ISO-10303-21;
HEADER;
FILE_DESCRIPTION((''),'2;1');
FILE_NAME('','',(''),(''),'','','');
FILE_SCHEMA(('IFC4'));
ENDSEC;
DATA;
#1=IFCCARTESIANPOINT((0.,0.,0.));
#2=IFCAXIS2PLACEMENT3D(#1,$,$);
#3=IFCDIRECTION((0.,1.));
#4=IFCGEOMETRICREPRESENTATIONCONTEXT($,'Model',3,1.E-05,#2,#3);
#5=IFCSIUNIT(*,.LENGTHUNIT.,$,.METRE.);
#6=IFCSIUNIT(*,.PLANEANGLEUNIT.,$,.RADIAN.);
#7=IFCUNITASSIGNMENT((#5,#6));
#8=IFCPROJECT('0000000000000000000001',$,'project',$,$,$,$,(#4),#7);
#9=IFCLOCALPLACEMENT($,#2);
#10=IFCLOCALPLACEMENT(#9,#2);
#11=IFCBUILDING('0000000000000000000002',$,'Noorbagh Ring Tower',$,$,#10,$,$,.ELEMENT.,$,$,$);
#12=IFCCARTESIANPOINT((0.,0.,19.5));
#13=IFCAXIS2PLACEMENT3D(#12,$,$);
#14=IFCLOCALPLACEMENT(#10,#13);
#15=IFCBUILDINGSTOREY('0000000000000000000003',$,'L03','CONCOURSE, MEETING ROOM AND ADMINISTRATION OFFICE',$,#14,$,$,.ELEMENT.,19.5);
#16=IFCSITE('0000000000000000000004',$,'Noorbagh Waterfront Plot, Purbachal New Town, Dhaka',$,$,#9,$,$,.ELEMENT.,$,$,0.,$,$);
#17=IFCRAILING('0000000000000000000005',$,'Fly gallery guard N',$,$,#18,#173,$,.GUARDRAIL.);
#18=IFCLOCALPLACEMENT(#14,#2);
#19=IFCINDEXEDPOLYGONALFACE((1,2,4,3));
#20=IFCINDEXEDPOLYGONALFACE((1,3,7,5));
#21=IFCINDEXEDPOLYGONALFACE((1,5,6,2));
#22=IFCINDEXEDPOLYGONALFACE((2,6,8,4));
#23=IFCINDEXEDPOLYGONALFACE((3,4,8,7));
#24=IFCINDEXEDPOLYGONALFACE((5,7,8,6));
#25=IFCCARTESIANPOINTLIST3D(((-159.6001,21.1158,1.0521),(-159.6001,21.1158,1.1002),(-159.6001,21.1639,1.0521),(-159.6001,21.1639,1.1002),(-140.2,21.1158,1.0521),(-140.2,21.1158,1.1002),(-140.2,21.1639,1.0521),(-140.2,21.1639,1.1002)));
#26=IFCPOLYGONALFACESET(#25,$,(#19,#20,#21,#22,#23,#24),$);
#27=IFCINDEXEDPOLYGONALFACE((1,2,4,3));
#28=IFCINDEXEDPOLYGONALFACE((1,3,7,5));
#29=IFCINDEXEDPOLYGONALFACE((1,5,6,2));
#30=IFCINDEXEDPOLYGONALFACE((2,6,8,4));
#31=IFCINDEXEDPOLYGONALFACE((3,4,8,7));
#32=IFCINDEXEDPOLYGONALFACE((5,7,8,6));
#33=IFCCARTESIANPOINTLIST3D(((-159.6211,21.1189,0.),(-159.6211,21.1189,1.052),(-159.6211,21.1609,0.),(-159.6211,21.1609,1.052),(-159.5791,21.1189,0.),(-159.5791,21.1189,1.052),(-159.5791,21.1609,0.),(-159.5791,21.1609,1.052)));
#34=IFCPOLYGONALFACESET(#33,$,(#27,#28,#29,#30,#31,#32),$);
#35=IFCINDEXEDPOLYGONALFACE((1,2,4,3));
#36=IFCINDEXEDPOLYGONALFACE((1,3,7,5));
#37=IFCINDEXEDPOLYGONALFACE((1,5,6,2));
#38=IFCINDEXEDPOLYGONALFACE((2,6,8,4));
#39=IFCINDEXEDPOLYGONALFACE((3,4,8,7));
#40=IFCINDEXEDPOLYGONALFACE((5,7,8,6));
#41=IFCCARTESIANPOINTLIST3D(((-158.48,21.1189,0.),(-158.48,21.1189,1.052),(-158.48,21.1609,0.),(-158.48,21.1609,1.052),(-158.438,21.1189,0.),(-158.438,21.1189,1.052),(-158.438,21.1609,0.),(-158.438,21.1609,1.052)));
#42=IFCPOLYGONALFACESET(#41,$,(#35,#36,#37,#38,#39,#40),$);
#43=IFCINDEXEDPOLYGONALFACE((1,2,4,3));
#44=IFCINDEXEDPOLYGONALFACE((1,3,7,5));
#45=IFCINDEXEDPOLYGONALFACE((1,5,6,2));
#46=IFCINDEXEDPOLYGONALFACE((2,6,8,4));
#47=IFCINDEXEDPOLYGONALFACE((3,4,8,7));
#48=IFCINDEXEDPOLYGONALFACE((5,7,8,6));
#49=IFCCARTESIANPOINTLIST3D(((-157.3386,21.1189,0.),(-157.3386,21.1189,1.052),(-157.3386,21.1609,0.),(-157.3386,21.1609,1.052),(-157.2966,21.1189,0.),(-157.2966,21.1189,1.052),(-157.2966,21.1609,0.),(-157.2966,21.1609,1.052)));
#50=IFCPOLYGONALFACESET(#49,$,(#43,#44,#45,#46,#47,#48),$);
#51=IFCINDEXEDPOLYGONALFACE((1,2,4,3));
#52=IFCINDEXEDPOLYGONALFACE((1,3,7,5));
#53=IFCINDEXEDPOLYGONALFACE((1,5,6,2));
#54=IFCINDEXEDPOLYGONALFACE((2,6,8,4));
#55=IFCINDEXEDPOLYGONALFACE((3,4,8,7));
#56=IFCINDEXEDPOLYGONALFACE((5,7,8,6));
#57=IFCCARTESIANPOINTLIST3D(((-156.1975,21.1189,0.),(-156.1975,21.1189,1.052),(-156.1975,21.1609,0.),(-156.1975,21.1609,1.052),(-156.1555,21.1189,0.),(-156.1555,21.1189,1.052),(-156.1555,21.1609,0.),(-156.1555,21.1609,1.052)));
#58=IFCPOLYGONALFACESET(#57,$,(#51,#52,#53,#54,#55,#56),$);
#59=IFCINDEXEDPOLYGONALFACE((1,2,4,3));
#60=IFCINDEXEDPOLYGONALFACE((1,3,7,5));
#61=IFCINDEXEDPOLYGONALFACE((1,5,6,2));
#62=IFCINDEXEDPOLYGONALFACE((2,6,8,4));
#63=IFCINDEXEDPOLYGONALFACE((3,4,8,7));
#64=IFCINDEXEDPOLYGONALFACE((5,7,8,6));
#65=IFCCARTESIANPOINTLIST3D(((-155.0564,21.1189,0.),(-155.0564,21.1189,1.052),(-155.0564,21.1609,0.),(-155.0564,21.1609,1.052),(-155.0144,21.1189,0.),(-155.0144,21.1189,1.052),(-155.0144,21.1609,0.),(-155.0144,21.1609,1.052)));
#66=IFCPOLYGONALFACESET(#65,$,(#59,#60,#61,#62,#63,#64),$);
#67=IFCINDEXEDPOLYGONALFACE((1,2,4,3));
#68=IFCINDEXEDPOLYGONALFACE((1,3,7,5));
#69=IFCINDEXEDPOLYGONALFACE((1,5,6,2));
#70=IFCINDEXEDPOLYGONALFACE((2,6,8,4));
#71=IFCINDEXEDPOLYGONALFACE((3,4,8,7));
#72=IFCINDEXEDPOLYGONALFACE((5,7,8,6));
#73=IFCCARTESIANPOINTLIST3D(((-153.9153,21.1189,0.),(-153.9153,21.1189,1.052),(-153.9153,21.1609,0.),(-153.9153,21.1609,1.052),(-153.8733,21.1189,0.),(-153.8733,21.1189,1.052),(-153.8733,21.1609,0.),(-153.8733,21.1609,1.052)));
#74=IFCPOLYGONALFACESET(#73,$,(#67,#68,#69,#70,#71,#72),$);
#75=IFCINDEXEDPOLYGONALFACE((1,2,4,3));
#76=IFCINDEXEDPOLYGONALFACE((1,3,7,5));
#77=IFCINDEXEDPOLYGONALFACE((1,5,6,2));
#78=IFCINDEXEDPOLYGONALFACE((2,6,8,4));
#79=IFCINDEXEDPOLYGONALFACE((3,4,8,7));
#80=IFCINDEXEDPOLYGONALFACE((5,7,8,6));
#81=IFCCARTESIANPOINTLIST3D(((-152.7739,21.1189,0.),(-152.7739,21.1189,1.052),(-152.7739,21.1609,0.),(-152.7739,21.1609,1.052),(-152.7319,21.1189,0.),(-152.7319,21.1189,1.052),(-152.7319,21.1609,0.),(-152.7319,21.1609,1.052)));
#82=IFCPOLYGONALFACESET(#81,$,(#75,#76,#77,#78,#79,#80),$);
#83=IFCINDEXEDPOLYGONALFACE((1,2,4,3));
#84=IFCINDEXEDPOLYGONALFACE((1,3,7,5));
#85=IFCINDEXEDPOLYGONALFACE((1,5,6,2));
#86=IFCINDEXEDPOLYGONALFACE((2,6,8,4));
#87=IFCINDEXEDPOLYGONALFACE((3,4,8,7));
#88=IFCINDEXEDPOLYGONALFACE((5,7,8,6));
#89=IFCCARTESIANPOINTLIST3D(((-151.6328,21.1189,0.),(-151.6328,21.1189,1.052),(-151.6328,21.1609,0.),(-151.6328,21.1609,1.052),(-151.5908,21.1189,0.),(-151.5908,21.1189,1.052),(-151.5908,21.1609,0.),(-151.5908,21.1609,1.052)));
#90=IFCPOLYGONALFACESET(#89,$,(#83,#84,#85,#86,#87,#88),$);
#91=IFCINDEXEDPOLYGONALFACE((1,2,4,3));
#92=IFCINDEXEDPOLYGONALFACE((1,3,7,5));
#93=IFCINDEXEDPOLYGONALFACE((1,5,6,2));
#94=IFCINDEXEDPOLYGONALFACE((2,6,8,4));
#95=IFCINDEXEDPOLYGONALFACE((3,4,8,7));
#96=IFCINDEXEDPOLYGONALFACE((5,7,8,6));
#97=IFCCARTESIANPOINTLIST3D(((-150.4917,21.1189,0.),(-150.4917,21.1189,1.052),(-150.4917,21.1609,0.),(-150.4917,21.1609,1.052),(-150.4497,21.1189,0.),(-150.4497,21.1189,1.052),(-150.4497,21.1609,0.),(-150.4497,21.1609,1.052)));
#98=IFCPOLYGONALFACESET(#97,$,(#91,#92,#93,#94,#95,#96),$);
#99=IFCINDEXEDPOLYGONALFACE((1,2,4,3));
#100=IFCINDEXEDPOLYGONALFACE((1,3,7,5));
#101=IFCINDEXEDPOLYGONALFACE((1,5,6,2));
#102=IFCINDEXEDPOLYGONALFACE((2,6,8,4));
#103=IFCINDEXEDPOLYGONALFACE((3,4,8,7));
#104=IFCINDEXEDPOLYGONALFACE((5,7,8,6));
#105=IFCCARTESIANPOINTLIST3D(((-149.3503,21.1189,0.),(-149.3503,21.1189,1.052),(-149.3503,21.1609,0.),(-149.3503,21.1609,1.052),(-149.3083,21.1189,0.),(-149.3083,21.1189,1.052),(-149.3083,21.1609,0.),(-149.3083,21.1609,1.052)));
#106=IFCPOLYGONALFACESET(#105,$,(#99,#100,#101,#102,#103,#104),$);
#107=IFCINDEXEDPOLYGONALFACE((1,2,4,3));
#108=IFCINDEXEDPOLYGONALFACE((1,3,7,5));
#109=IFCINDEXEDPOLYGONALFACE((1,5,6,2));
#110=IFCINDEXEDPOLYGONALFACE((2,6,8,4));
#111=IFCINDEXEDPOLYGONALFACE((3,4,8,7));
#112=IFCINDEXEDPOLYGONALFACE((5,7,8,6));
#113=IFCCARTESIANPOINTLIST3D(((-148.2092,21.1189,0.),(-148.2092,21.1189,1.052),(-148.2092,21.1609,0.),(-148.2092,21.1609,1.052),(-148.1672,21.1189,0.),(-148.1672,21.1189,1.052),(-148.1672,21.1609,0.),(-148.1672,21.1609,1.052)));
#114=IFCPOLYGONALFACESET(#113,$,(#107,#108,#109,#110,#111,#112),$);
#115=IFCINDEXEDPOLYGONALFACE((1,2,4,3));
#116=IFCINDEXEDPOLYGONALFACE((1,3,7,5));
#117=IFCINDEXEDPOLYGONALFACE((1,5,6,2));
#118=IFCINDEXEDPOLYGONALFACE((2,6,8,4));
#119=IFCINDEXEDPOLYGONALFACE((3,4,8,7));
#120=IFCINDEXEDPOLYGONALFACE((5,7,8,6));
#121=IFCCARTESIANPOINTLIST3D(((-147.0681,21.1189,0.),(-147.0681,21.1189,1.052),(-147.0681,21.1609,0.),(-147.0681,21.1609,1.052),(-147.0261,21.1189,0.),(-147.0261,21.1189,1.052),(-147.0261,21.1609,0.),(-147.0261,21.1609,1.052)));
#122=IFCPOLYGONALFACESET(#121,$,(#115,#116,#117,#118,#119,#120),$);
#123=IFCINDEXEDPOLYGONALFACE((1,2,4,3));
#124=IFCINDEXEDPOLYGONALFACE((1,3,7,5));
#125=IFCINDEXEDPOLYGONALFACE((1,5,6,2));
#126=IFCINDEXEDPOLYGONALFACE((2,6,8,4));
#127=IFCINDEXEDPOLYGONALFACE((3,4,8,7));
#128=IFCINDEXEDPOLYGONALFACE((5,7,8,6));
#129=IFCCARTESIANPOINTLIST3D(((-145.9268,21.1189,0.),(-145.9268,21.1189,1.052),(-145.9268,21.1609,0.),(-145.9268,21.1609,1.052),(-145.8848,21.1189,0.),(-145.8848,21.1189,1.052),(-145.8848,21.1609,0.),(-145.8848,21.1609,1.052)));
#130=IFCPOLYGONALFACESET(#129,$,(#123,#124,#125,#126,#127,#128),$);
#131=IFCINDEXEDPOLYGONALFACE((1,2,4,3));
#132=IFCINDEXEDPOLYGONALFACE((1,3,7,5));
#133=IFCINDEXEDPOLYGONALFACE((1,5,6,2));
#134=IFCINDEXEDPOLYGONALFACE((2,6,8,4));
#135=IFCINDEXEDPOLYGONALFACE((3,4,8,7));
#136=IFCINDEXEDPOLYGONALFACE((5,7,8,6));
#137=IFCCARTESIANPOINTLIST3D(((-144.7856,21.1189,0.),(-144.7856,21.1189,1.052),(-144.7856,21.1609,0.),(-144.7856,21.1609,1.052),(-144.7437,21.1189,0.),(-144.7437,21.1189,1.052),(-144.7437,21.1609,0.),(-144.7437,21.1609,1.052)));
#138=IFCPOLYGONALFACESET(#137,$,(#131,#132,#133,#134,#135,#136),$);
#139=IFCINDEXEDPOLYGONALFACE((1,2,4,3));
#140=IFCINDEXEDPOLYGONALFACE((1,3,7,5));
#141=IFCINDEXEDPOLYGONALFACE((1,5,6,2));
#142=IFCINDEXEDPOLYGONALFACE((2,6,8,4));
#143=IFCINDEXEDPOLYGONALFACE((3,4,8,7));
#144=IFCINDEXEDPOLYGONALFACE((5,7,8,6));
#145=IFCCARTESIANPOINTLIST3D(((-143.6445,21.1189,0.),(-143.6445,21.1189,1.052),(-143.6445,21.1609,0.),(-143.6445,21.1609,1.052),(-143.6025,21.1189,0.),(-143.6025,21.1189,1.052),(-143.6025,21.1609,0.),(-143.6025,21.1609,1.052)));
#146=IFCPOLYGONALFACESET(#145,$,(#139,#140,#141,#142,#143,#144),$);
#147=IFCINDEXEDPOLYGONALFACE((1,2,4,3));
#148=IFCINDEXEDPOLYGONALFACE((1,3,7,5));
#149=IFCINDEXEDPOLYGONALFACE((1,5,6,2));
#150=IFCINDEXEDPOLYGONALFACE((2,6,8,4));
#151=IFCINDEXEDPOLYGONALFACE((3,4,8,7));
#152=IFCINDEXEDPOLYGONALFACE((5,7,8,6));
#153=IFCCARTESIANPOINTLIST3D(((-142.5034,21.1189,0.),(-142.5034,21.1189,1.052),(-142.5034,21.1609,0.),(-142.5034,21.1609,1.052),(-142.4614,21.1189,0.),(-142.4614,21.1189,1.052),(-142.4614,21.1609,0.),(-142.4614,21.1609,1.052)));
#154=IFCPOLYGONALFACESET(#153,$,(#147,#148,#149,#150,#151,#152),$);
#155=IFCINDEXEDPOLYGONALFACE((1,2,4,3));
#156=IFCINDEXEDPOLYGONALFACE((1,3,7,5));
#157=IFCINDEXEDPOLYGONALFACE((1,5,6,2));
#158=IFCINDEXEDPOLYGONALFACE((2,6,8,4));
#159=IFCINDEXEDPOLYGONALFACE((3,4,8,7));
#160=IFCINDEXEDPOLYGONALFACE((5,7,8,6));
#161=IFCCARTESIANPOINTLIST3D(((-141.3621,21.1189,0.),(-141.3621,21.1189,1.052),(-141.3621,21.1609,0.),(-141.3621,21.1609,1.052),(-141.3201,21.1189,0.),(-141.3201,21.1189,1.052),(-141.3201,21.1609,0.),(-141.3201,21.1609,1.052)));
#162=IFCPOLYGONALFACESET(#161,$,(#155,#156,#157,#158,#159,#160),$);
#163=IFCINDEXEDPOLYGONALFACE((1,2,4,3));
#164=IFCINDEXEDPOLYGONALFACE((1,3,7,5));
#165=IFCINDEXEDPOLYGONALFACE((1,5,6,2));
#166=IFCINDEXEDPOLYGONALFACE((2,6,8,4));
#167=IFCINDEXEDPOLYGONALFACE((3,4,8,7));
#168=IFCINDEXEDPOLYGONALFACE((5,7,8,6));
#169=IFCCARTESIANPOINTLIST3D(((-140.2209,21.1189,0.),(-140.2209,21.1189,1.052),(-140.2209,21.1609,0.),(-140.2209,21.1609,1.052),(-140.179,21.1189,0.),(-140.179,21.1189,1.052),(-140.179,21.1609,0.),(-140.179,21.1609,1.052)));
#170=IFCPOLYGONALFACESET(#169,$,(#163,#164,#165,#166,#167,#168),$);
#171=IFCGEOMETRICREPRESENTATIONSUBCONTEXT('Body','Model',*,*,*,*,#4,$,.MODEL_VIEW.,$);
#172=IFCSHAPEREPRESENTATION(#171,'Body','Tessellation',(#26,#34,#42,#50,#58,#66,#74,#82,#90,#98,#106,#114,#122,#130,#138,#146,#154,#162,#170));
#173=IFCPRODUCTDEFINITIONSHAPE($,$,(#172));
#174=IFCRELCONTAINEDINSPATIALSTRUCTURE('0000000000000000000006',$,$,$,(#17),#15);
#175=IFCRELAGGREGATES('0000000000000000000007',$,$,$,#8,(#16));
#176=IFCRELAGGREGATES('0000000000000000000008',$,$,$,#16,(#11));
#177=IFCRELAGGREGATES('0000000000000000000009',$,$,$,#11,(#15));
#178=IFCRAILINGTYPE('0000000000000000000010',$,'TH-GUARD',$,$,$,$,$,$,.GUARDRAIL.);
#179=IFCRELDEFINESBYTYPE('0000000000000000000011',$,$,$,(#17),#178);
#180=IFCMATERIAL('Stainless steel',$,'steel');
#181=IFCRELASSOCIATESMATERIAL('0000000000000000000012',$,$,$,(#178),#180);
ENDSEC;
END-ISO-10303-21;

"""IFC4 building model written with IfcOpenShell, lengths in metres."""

from ifc_helpers import new_model, si_unit, direction, frame, origin, origin_2d, place, context, subcontext, project, spatial, rectangle, extrude, material, type_object, element, save


model = new_model("IFC4")

# Units and contexts
model_context = context("Model", 3, precision=1e-05, world=origin(), true_north=direction((0.0, 1.0)))
body_context = subcontext(model_context, "Body", "Model", "MODEL_VIEW")
ifc_project = project(units=[si_unit("LENGTHUNIT", "METRE"), si_unit("PLANEANGLEUNIT", "RADIAN")], contexts=[model_context])

# Site, building, storey
site_placement = place(None, origin())
site = spatial("IfcSite", under=ifc_project, at=site_placement, Name="Noorbagh Waterfront Plot, Purbachal New Town, Dhaka", CompositionType="ELEMENT", RefElevation=0.0)
building_placement = place(site_placement, origin())
building = spatial("IfcBuilding", under=site, at=building_placement, Name="Noorbagh Ring Tower", CompositionType="ELEMENT")
storey_placement = place(building_placement, frame((0.0, 0.0, 19.5)))
storey = spatial("IfcBuildingStorey", under=building, at=storey_placement, Name="L03", Description="CONCOURSE, MEETING ROOM AND ADMINISTRATION OFFICE", CompositionType="ELEMENT", Elevation=19.5)

# Railing
ifc_material_1 = material(Name="Stainless steel", Category="steel")
railing_type = type_object("IfcRailingType", Name="TH-GUARD", PredefinedType="GUARDRAIL", material=ifc_material_1)
railing_placement = place(storey_placement, frame((-159.6001, 21.1399, 0.0)))
element("IfcRailing", 1, at=railing_placement, inside=storey, type_object=railing_type, Name="Fly gallery guard N", PredefinedType="GUARDRAIL", context=body_context, shape_type="SweptSolid", body=[
    extrude(rectangle(XDim=0.0481, YDim=0.0481, at=origin_2d()), frame((0.0, 0.0, 1.0762), z_axis=(1.0, 0.0, 0.0), x_axis=(0.0, 1.0, 0.0)), (0.0, 0.0, 1.0), 19.4001),
    extrude(rectangle(XDim=0.042, YDim=0.042, at=origin_2d()), origin(), (0.0, 0.0, 1.0), 1.052),
    extrude(rectangle(XDim=0.042, YDim=0.042, at=origin_2d()), frame((1.1411, 0.0, 0.0)), (0.0, 0.0, 1.0), 1.052),
    extrude(rectangle(XDim=0.042, YDim=0.042, at=origin_2d()), frame((2.2825, 0.0, 0.0)), (0.0, 0.0, 1.0), 1.052),
    extrude(rectangle(XDim=0.042, YDim=0.042, at=origin_2d()), frame((3.4236, 0.0, 0.0)), (0.0, 0.0, 1.0), 1.052),
    extrude(rectangle(XDim=0.042, YDim=0.042, at=origin_2d()), frame((4.5647, 0.0, 0.0)), (0.0, 0.0, 1.0), 1.052),
    extrude(rectangle(XDim=0.042, YDim=0.042, at=origin_2d()), frame((5.7058, 0.0, 0.0)), (0.0, 0.0, 1.0), 1.052),
    extrude(rectangle(XDim=0.042, YDim=0.042, at=origin_2d()), frame((6.8472, 0.0, 0.0)), (0.0, 0.0, 1.0), 1.052),
    extrude(rectangle(XDim=0.042, YDim=0.042, at=origin_2d()), frame((7.9883, 0.0, 0.0)), (0.0, 0.0, 1.0), 1.052),
    extrude(rectangle(XDim=0.042, YDim=0.042, at=origin_2d()), frame((9.1294, 0.0, 0.0)), (0.0, 0.0, 1.0), 1.052),
    extrude(rectangle(XDim=0.042, YDim=0.042, at=origin_2d()), frame((10.2708, 0.0, 0.0)), (0.0, 0.0, 1.0), 1.052),
    extrude(rectangle(XDim=0.042, YDim=0.042, at=origin_2d()), frame((11.4119, 0.0, 0.0)), (0.0, 0.0, 1.0), 1.052),
    extrude(rectangle(XDim=0.042, YDim=0.042, at=origin_2d()), frame((12.553, 0.0, 0.0)), (0.0, 0.0, 1.0), 1.052),
    extrude(rectangle(XDim=0.042, YDim=0.042, at=origin_2d()), frame((13.6943, 0.0, 0.0)), (0.0, 0.0, 1.0), 1.052),
    extrude(rectangle(XDim=0.042, YDim=0.042, at=origin_2d()), frame((14.8354, 0.0, 0.0)), (0.0, 0.0, 1.0), 1.052),
    extrude(rectangle(XDim=0.042, YDim=0.042, at=origin_2d()), frame((15.9766, 0.0, 0.0)), (0.0, 0.0, 1.0), 1.052),
    extrude(rectangle(XDim=0.042, YDim=0.042, at=origin_2d()), frame((17.1177, 0.0, 0.0)), (0.0, 0.0, 1.0), 1.052),
    extrude(rectangle(XDim=0.042, YDim=0.042, at=origin_2d()), frame((18.259, 0.0, 0.0)), (0.0, 0.0, 1.0), 1.052),
    extrude(rectangle(XDim=0.042, YDim=0.042, at=origin_2d()), frame((19.4001, 0.0, 0.0)), (0.0, 0.0, 1.0), 1.052),
])

save(model, "model.ifc")
